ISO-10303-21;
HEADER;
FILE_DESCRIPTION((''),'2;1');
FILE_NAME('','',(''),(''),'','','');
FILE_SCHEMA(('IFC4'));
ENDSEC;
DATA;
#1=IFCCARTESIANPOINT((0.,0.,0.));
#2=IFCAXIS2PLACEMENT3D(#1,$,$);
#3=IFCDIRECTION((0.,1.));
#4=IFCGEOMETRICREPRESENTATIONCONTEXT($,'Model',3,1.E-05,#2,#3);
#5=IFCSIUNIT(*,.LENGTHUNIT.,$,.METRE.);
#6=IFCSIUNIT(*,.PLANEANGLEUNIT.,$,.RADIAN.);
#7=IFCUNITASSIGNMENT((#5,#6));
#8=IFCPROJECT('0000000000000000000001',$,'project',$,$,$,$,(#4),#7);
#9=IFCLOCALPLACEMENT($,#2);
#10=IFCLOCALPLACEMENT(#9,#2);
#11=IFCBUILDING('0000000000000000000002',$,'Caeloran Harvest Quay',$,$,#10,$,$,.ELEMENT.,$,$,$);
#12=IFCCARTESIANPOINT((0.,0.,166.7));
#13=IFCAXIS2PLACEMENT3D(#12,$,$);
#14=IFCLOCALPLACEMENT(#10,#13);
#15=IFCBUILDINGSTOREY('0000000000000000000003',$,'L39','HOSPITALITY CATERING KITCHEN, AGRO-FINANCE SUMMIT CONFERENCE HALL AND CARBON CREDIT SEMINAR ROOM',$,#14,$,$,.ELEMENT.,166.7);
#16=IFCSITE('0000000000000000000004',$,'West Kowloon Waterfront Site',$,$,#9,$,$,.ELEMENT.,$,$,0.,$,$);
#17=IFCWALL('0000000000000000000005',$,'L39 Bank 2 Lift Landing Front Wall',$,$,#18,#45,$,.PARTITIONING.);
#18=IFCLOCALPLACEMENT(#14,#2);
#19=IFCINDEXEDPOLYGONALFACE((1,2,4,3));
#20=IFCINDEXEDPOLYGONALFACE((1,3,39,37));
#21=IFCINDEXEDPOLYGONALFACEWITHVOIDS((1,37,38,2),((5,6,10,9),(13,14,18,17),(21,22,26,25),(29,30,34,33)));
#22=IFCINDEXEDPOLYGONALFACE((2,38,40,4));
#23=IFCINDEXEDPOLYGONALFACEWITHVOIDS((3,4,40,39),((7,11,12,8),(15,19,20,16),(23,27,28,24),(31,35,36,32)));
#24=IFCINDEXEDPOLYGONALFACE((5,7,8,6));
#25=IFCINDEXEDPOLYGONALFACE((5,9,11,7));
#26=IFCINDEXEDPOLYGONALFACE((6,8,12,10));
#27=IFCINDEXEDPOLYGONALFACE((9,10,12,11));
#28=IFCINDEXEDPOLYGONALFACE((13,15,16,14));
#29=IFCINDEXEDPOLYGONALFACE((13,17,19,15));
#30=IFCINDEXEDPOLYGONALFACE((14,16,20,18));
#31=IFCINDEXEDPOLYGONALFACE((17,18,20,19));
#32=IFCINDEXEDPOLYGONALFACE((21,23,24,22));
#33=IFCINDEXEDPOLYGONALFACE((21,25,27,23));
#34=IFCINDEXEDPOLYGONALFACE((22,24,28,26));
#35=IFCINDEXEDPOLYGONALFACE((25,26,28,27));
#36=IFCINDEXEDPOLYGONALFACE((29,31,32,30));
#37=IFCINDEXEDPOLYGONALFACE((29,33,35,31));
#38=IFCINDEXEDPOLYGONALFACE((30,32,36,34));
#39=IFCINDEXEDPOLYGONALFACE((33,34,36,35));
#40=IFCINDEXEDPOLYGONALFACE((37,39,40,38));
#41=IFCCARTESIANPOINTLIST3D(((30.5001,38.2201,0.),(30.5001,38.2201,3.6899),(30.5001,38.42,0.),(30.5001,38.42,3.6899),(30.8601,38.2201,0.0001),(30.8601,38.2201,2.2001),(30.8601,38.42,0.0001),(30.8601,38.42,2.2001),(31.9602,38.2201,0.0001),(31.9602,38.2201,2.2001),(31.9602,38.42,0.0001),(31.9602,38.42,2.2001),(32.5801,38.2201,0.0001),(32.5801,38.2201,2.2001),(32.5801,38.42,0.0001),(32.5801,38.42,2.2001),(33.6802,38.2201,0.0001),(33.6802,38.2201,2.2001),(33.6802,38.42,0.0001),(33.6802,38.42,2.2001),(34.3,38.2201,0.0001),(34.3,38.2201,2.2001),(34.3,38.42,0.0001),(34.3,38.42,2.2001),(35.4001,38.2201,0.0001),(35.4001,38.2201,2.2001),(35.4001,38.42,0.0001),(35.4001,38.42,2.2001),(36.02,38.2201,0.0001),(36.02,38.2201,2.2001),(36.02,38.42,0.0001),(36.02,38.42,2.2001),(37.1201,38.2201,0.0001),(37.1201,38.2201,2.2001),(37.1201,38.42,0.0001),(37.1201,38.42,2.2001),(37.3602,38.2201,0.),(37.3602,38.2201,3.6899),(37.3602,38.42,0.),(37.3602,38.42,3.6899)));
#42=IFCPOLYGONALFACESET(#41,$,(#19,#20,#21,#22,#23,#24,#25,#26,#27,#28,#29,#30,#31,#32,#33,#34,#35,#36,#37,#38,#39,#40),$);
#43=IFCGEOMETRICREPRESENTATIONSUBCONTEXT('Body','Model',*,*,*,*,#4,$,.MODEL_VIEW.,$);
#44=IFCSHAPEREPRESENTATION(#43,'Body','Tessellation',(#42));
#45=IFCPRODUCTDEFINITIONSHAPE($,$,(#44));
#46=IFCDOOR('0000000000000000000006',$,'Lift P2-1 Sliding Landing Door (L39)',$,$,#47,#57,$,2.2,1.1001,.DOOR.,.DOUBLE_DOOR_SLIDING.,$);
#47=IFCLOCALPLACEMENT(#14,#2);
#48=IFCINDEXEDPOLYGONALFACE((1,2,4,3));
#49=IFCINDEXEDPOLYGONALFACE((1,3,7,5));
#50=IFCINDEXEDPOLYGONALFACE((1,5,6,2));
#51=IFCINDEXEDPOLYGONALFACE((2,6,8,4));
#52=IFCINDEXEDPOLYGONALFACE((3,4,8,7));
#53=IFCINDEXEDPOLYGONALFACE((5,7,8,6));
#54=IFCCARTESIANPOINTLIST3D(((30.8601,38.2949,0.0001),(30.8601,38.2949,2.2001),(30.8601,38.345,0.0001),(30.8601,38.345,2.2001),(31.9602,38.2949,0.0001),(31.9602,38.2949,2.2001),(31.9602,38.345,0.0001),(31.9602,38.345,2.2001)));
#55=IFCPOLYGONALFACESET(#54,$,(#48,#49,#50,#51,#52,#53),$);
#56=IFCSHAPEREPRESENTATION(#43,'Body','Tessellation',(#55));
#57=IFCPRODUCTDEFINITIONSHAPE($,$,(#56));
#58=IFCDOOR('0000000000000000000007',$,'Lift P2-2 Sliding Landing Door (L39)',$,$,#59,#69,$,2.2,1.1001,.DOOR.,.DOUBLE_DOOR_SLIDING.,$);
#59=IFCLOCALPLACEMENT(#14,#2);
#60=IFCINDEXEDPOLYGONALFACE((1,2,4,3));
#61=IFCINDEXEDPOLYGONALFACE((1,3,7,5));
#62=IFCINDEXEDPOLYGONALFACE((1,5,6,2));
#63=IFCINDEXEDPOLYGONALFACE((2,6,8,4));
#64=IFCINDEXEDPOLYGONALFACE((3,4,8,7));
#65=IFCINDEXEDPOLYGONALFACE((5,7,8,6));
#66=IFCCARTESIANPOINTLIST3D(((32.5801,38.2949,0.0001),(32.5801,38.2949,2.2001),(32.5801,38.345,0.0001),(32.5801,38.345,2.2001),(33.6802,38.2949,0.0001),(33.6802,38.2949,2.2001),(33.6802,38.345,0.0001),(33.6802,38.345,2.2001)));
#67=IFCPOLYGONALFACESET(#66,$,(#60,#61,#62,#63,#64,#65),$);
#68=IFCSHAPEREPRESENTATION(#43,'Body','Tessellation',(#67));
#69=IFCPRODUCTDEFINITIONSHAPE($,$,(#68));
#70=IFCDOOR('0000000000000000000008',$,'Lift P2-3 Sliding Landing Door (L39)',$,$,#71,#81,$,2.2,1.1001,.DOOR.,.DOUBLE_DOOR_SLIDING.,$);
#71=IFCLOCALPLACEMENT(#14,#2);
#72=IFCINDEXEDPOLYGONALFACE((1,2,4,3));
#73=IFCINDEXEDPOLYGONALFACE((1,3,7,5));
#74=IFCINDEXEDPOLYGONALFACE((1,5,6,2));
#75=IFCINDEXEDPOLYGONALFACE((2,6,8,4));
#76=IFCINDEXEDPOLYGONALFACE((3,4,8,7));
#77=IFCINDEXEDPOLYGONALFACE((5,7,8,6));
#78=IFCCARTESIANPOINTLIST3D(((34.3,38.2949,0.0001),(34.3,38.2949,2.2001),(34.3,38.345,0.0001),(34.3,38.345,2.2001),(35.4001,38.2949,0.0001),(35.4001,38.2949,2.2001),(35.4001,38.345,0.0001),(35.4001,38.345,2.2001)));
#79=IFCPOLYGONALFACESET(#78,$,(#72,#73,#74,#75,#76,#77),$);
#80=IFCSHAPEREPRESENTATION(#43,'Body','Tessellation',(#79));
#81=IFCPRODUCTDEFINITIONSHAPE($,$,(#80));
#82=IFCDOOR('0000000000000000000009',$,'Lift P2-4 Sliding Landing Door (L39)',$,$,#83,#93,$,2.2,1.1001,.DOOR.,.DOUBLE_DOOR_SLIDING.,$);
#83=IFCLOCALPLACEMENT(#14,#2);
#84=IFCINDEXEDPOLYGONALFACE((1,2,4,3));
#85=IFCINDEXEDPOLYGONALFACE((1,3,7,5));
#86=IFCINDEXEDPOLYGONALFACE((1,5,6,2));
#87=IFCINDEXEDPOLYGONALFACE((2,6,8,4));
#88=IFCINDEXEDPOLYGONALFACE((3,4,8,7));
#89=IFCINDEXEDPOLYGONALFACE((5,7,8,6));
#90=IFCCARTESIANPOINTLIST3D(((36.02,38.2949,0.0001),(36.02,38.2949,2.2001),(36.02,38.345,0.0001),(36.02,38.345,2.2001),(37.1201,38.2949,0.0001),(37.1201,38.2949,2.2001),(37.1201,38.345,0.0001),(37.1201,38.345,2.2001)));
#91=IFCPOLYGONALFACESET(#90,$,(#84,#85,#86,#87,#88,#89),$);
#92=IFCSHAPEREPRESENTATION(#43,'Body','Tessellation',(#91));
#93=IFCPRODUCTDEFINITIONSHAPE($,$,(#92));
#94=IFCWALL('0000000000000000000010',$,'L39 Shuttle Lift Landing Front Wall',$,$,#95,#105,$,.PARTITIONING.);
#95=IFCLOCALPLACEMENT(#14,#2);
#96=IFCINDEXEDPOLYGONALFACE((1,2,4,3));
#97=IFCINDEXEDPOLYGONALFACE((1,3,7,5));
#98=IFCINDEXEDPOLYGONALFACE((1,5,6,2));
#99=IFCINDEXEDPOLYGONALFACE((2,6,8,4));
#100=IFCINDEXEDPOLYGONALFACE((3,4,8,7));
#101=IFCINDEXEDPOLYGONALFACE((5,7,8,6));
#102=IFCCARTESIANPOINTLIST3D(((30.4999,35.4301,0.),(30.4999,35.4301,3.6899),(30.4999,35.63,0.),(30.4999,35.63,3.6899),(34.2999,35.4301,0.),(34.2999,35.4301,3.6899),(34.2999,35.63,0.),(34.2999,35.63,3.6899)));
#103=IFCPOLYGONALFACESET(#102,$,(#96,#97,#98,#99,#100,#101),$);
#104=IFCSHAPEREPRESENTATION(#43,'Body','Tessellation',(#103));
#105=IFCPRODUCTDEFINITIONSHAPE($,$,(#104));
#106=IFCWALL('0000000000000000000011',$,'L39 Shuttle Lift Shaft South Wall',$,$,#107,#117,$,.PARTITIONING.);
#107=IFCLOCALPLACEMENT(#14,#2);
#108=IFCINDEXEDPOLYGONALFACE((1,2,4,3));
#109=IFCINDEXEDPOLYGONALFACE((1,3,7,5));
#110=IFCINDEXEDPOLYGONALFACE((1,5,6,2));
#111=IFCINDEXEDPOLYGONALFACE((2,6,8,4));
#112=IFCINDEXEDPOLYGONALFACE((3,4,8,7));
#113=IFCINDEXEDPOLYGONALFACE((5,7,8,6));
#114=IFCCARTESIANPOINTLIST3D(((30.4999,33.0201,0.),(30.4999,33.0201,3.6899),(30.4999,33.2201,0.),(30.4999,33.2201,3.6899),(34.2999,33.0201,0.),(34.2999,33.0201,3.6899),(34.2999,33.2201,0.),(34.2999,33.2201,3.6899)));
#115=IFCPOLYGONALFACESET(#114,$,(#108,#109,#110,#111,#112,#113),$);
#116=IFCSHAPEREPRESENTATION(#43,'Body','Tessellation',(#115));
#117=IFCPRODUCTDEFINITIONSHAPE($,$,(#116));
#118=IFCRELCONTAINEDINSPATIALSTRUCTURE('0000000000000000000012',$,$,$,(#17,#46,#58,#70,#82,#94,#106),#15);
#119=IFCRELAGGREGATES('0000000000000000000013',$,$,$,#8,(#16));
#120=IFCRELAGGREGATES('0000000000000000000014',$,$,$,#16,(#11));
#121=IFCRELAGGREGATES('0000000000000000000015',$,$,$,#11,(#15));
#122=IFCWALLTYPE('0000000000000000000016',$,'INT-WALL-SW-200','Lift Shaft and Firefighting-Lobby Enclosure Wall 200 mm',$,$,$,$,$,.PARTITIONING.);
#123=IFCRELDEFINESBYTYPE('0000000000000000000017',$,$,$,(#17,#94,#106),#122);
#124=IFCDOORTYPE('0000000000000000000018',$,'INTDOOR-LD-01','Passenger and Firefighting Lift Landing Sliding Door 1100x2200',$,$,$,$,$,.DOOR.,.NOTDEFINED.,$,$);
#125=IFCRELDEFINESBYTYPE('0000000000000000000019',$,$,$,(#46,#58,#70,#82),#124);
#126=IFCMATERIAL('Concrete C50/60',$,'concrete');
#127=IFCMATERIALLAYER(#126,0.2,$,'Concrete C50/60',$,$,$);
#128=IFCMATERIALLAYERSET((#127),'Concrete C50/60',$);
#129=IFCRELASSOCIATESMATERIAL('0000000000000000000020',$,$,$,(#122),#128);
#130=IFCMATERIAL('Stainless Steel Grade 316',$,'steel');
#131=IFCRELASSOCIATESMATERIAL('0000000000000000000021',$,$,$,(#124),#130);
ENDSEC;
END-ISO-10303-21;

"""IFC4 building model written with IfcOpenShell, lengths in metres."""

from ifc_helpers import new_model, si_unit, direction, frame, frame_2d, origin, place, context, subcontext, project, spatial, rectangle, extrude, material, layer, layer_set, type_object, element, fill, save


model = new_model("IFC4")

# Units and contexts
model_context = context("Model", 3, precision=1e-05, world=origin(), true_north=direction((0.0, 1.0)))
body_context = subcontext(model_context, "Body", "Model", "MODEL_VIEW")
ifc_project = project(units=[si_unit("LENGTHUNIT", "METRE"), si_unit("PLANEANGLEUNIT", "RADIAN")], contexts=[model_context])

# Site, building, storey
site_placement = place(None, origin())
site = spatial("IfcSite", under=ifc_project, at=site_placement, Name="West Kowloon Waterfront Site", CompositionType="ELEMENT", RefElevation=0.0)
building_placement = place(site_placement, origin())
building = spatial("IfcBuilding", under=site, at=building_placement, Name="Caeloran Harvest Quay", CompositionType="ELEMENT")
storey_placement = place(building_placement, frame((0.0, 0.0, 166.7)))
storey = spatial("IfcBuildingStorey", under=building, at=storey_placement, Name="L39", Description="HOSPITALITY CATERING KITCHEN, AGRO-FINANCE SUMMIT CONFERENCE HALL AND CARBON CREDIT SEMINAR ROOM", CompositionType="ELEMENT", Elevation=166.7)

# Shared definitions
ifc_material_1 = material(Name="Concrete C50/60", Category="concrete")
ifc_layer_1 = layer(ifc_material_1, 0.2, Name="Concrete C50/60")
ifc_layer_set_1 = layer_set([ifc_layer_1], Name="Concrete C50/60")
wall_type_1 = type_object("IfcWallType", Name="INT-WALL-SW-200", Description="Lift Shaft and Firefighting-Lobby Enclosure Wall 200 mm", PredefinedType="PARTITIONING", material=ifc_layer_set_1)

# Wall, openings, doors
wall_1_placement = place(storey_placement, frame((30.5, 38.3201, 0.0), z_axis=(0.0, 0.0, 1.0), x_axis=(1.0, 0.0, 0.0)))
wall_1 = element("IfcWall", 1, at=wall_1_placement, inside=storey, type_object=wall_type_1, Name="L39 Bank 2 Lift Landing Front Wall", PredefinedType="PARTITIONING", context=body_context, shape_type="SweptSolid", body=[
    extrude(rectangle(XDim=6.8601, YDim=0.2, at=frame_2d((3.4302, 0.0))), origin(), (0.0, 0.0, 1.0), 3.6899),
])
opening_1_placement = place(wall_1_placement, frame((0.3601, 0.0, 0.0)))
opening_1 = element("IfcOpeningElement", 2, at=opening_1_placement, cuts=wall_1, PredefinedType="OPENING", context=body_context, shape_type="SweptSolid", body=[
    extrude(rectangle(XDim=1.1001, YDim=2.2, at=frame_2d((0.55, 1.1001))), frame((0.0, 0.1099, 0.0), z_axis=(0.0, -1.0, 0.0), x_axis=(1.0, 0.0, 0.0)), (0.0, 0.0, 1.0), 0.22),
])
opening_2_placement = place(wall_1_placement, frame((2.0801, 0.0, 0.0)))
opening_2 = element("IfcOpeningElement", 3, at=opening_2_placement, cuts=wall_1, PredefinedType="OPENING", context=body_context, shape_type="SweptSolid", body=[
    extrude(rectangle(XDim=1.1001, YDim=2.2, at=frame_2d((0.55, 1.1001))), frame((0.0, 0.1099, 0.0), z_axis=(0.0, -1.0, 0.0), x_axis=(1.0, 0.0, 0.0)), (0.0, 0.0, 1.0), 0.22),
])
opening_3_placement = place(wall_1_placement, frame((3.8, 0.0, 0.0)))
opening_3 = element("IfcOpeningElement", 4, at=opening_3_placement, cuts=wall_1, PredefinedType="OPENING", context=body_context, shape_type="SweptSolid", body=[
    extrude(rectangle(XDim=1.1001, YDim=2.2, at=frame_2d((0.55, 1.1001))), frame((0.0, 0.1099, 0.0), z_axis=(0.0, -1.0, 0.0), x_axis=(1.0, 0.0, 0.0)), (0.0, 0.0, 1.0), 0.22),
])
opening_4_placement = place(wall_1_placement, frame((5.52, 0.0, 0.0)))
opening_4 = element("IfcOpeningElement", 5, at=opening_4_placement, cuts=wall_1, PredefinedType="OPENING", context=body_context, shape_type="SweptSolid", body=[
    extrude(rectangle(XDim=1.1001, YDim=2.2, at=frame_2d((0.55, 1.1001))), frame((0.0, 0.1099, 0.0), z_axis=(0.0, -1.0, 0.0), x_axis=(1.0, 0.0, 0.0)), (0.0, 0.0, 1.0), 0.22),
])
ifc_material_2 = material(Name="Stainless Steel Grade 316", Category="steel")
door_type_1 = type_object("IfcDoorType", Name="INTDOOR-LD-01", Description="Passenger and Firefighting Lift Landing Sliding Door 1100x2200", OperationType="NOTDEFINED", PredefinedType="DOOR", material=ifc_material_2)
door_1_placement = place(opening_1_placement, origin())
door_1 = element("IfcDoor", 6, at=door_1_placement, inside=storey, type_object=door_type_1, Name="Lift P2-1 Sliding Landing Door (L39)", OperationType="DOUBLE_DOOR_SLIDING", OverallHeight=2.2, OverallWidth=1.1001, PredefinedType="DOOR", context=body_context, shape_type="SweptSolid", body=[
    extrude(rectangle(XDim=1.1001, YDim=2.2, at=frame_2d((0.55, 1.1001))), frame((0.0, 0.0249, 0.0), z_axis=(0.0, -1.0, 0.0), x_axis=(1.0, 0.0, 0.0)), (0.0, 0.0, 1.0), 0.05),
])
fill(opening_1, door_1)
door_2_placement = place(opening_2_placement, origin())
door_2 = element("IfcDoor", 7, at=door_2_placement, inside=storey, type_object=door_type_1, Name="Lift P2-2 Sliding Landing Door (L39)", OperationType="DOUBLE_DOOR_SLIDING", OverallHeight=2.2, OverallWidth=1.1001, PredefinedType="DOOR", context=body_context, shape_type="SweptSolid", body=[
    extrude(rectangle(XDim=1.1001, YDim=2.2, at=frame_2d((0.55, 1.1001))), frame((0.0, 0.0249, 0.0), z_axis=(0.0, -1.0, 0.0), x_axis=(1.0, 0.0, 0.0)), (0.0, 0.0, 1.0), 0.05),
])
fill(opening_2, door_2)
door_3_placement = place(opening_3_placement, origin())
door_3 = element("IfcDoor", 8, at=door_3_placement, inside=storey, type_object=door_type_1, Name="Lift P2-3 Sliding Landing Door (L39)", OperationType="DOUBLE_DOOR_SLIDING", OverallHeight=2.2, OverallWidth=1.1001, PredefinedType="DOOR", context=body_context, shape_type="SweptSolid", body=[
    extrude(rectangle(XDim=1.1001, YDim=2.2, at=frame_2d((0.55, 1.1001))), frame((0.0, 0.0249, 0.0), z_axis=(0.0, -1.0, 0.0), x_axis=(1.0, 0.0, 0.0)), (0.0, 0.0, 1.0), 0.05),
])
fill(opening_3, door_3)
door_4_placement = place(opening_4_placement, origin())
door_4 = element("IfcDoor", 9, at=door_4_placement, inside=storey, type_object=door_type_1, Name="Lift P2-4 Sliding Landing Door (L39)", OperationType="DOUBLE_DOOR_SLIDING", OverallHeight=2.2, OverallWidth=1.1001, PredefinedType="DOOR", context=body_context, shape_type="SweptSolid", body=[
    extrude(rectangle(XDim=1.1001, YDim=2.2, at=frame_2d((0.55, 1.1001))), frame((0.0, 0.0249, 0.0), z_axis=(0.0, -1.0, 0.0), x_axis=(1.0, 0.0, 0.0)), (0.0, 0.0, 1.0), 0.05),
])
fill(opening_4, door_4)

# Walls
for number, where, z_axis, x_axis, name in (
    (10, (30.5, 35.53, 0.0), (0.0, 0.0, 1.0), (1.0, 0.0, 0.0), "L39 Shuttle Lift Landing Front Wall"),
    (11, (30.5, 33.1201, 0.0), (0.0, 0.0, 1.0), (1.0, 0.0, 0.0), "L39 Shuttle Lift Shaft South Wall"),
):
    element("IfcWall", number, at=place(storey_placement, frame(where, z_axis=z_axis, x_axis=x_axis)), inside=storey, type_object=wall_type_1, Name=name, PredefinedType="PARTITIONING", context=body_context, shape_type="SweptSolid", body=[
        extrude(rectangle(XDim=3.8, YDim=0.2, at=frame_2d((1.8999, 0.0))), origin(), (0.0, 0.0, 1.0), 3.6899),
    ])

save(model, "model.ifc")
